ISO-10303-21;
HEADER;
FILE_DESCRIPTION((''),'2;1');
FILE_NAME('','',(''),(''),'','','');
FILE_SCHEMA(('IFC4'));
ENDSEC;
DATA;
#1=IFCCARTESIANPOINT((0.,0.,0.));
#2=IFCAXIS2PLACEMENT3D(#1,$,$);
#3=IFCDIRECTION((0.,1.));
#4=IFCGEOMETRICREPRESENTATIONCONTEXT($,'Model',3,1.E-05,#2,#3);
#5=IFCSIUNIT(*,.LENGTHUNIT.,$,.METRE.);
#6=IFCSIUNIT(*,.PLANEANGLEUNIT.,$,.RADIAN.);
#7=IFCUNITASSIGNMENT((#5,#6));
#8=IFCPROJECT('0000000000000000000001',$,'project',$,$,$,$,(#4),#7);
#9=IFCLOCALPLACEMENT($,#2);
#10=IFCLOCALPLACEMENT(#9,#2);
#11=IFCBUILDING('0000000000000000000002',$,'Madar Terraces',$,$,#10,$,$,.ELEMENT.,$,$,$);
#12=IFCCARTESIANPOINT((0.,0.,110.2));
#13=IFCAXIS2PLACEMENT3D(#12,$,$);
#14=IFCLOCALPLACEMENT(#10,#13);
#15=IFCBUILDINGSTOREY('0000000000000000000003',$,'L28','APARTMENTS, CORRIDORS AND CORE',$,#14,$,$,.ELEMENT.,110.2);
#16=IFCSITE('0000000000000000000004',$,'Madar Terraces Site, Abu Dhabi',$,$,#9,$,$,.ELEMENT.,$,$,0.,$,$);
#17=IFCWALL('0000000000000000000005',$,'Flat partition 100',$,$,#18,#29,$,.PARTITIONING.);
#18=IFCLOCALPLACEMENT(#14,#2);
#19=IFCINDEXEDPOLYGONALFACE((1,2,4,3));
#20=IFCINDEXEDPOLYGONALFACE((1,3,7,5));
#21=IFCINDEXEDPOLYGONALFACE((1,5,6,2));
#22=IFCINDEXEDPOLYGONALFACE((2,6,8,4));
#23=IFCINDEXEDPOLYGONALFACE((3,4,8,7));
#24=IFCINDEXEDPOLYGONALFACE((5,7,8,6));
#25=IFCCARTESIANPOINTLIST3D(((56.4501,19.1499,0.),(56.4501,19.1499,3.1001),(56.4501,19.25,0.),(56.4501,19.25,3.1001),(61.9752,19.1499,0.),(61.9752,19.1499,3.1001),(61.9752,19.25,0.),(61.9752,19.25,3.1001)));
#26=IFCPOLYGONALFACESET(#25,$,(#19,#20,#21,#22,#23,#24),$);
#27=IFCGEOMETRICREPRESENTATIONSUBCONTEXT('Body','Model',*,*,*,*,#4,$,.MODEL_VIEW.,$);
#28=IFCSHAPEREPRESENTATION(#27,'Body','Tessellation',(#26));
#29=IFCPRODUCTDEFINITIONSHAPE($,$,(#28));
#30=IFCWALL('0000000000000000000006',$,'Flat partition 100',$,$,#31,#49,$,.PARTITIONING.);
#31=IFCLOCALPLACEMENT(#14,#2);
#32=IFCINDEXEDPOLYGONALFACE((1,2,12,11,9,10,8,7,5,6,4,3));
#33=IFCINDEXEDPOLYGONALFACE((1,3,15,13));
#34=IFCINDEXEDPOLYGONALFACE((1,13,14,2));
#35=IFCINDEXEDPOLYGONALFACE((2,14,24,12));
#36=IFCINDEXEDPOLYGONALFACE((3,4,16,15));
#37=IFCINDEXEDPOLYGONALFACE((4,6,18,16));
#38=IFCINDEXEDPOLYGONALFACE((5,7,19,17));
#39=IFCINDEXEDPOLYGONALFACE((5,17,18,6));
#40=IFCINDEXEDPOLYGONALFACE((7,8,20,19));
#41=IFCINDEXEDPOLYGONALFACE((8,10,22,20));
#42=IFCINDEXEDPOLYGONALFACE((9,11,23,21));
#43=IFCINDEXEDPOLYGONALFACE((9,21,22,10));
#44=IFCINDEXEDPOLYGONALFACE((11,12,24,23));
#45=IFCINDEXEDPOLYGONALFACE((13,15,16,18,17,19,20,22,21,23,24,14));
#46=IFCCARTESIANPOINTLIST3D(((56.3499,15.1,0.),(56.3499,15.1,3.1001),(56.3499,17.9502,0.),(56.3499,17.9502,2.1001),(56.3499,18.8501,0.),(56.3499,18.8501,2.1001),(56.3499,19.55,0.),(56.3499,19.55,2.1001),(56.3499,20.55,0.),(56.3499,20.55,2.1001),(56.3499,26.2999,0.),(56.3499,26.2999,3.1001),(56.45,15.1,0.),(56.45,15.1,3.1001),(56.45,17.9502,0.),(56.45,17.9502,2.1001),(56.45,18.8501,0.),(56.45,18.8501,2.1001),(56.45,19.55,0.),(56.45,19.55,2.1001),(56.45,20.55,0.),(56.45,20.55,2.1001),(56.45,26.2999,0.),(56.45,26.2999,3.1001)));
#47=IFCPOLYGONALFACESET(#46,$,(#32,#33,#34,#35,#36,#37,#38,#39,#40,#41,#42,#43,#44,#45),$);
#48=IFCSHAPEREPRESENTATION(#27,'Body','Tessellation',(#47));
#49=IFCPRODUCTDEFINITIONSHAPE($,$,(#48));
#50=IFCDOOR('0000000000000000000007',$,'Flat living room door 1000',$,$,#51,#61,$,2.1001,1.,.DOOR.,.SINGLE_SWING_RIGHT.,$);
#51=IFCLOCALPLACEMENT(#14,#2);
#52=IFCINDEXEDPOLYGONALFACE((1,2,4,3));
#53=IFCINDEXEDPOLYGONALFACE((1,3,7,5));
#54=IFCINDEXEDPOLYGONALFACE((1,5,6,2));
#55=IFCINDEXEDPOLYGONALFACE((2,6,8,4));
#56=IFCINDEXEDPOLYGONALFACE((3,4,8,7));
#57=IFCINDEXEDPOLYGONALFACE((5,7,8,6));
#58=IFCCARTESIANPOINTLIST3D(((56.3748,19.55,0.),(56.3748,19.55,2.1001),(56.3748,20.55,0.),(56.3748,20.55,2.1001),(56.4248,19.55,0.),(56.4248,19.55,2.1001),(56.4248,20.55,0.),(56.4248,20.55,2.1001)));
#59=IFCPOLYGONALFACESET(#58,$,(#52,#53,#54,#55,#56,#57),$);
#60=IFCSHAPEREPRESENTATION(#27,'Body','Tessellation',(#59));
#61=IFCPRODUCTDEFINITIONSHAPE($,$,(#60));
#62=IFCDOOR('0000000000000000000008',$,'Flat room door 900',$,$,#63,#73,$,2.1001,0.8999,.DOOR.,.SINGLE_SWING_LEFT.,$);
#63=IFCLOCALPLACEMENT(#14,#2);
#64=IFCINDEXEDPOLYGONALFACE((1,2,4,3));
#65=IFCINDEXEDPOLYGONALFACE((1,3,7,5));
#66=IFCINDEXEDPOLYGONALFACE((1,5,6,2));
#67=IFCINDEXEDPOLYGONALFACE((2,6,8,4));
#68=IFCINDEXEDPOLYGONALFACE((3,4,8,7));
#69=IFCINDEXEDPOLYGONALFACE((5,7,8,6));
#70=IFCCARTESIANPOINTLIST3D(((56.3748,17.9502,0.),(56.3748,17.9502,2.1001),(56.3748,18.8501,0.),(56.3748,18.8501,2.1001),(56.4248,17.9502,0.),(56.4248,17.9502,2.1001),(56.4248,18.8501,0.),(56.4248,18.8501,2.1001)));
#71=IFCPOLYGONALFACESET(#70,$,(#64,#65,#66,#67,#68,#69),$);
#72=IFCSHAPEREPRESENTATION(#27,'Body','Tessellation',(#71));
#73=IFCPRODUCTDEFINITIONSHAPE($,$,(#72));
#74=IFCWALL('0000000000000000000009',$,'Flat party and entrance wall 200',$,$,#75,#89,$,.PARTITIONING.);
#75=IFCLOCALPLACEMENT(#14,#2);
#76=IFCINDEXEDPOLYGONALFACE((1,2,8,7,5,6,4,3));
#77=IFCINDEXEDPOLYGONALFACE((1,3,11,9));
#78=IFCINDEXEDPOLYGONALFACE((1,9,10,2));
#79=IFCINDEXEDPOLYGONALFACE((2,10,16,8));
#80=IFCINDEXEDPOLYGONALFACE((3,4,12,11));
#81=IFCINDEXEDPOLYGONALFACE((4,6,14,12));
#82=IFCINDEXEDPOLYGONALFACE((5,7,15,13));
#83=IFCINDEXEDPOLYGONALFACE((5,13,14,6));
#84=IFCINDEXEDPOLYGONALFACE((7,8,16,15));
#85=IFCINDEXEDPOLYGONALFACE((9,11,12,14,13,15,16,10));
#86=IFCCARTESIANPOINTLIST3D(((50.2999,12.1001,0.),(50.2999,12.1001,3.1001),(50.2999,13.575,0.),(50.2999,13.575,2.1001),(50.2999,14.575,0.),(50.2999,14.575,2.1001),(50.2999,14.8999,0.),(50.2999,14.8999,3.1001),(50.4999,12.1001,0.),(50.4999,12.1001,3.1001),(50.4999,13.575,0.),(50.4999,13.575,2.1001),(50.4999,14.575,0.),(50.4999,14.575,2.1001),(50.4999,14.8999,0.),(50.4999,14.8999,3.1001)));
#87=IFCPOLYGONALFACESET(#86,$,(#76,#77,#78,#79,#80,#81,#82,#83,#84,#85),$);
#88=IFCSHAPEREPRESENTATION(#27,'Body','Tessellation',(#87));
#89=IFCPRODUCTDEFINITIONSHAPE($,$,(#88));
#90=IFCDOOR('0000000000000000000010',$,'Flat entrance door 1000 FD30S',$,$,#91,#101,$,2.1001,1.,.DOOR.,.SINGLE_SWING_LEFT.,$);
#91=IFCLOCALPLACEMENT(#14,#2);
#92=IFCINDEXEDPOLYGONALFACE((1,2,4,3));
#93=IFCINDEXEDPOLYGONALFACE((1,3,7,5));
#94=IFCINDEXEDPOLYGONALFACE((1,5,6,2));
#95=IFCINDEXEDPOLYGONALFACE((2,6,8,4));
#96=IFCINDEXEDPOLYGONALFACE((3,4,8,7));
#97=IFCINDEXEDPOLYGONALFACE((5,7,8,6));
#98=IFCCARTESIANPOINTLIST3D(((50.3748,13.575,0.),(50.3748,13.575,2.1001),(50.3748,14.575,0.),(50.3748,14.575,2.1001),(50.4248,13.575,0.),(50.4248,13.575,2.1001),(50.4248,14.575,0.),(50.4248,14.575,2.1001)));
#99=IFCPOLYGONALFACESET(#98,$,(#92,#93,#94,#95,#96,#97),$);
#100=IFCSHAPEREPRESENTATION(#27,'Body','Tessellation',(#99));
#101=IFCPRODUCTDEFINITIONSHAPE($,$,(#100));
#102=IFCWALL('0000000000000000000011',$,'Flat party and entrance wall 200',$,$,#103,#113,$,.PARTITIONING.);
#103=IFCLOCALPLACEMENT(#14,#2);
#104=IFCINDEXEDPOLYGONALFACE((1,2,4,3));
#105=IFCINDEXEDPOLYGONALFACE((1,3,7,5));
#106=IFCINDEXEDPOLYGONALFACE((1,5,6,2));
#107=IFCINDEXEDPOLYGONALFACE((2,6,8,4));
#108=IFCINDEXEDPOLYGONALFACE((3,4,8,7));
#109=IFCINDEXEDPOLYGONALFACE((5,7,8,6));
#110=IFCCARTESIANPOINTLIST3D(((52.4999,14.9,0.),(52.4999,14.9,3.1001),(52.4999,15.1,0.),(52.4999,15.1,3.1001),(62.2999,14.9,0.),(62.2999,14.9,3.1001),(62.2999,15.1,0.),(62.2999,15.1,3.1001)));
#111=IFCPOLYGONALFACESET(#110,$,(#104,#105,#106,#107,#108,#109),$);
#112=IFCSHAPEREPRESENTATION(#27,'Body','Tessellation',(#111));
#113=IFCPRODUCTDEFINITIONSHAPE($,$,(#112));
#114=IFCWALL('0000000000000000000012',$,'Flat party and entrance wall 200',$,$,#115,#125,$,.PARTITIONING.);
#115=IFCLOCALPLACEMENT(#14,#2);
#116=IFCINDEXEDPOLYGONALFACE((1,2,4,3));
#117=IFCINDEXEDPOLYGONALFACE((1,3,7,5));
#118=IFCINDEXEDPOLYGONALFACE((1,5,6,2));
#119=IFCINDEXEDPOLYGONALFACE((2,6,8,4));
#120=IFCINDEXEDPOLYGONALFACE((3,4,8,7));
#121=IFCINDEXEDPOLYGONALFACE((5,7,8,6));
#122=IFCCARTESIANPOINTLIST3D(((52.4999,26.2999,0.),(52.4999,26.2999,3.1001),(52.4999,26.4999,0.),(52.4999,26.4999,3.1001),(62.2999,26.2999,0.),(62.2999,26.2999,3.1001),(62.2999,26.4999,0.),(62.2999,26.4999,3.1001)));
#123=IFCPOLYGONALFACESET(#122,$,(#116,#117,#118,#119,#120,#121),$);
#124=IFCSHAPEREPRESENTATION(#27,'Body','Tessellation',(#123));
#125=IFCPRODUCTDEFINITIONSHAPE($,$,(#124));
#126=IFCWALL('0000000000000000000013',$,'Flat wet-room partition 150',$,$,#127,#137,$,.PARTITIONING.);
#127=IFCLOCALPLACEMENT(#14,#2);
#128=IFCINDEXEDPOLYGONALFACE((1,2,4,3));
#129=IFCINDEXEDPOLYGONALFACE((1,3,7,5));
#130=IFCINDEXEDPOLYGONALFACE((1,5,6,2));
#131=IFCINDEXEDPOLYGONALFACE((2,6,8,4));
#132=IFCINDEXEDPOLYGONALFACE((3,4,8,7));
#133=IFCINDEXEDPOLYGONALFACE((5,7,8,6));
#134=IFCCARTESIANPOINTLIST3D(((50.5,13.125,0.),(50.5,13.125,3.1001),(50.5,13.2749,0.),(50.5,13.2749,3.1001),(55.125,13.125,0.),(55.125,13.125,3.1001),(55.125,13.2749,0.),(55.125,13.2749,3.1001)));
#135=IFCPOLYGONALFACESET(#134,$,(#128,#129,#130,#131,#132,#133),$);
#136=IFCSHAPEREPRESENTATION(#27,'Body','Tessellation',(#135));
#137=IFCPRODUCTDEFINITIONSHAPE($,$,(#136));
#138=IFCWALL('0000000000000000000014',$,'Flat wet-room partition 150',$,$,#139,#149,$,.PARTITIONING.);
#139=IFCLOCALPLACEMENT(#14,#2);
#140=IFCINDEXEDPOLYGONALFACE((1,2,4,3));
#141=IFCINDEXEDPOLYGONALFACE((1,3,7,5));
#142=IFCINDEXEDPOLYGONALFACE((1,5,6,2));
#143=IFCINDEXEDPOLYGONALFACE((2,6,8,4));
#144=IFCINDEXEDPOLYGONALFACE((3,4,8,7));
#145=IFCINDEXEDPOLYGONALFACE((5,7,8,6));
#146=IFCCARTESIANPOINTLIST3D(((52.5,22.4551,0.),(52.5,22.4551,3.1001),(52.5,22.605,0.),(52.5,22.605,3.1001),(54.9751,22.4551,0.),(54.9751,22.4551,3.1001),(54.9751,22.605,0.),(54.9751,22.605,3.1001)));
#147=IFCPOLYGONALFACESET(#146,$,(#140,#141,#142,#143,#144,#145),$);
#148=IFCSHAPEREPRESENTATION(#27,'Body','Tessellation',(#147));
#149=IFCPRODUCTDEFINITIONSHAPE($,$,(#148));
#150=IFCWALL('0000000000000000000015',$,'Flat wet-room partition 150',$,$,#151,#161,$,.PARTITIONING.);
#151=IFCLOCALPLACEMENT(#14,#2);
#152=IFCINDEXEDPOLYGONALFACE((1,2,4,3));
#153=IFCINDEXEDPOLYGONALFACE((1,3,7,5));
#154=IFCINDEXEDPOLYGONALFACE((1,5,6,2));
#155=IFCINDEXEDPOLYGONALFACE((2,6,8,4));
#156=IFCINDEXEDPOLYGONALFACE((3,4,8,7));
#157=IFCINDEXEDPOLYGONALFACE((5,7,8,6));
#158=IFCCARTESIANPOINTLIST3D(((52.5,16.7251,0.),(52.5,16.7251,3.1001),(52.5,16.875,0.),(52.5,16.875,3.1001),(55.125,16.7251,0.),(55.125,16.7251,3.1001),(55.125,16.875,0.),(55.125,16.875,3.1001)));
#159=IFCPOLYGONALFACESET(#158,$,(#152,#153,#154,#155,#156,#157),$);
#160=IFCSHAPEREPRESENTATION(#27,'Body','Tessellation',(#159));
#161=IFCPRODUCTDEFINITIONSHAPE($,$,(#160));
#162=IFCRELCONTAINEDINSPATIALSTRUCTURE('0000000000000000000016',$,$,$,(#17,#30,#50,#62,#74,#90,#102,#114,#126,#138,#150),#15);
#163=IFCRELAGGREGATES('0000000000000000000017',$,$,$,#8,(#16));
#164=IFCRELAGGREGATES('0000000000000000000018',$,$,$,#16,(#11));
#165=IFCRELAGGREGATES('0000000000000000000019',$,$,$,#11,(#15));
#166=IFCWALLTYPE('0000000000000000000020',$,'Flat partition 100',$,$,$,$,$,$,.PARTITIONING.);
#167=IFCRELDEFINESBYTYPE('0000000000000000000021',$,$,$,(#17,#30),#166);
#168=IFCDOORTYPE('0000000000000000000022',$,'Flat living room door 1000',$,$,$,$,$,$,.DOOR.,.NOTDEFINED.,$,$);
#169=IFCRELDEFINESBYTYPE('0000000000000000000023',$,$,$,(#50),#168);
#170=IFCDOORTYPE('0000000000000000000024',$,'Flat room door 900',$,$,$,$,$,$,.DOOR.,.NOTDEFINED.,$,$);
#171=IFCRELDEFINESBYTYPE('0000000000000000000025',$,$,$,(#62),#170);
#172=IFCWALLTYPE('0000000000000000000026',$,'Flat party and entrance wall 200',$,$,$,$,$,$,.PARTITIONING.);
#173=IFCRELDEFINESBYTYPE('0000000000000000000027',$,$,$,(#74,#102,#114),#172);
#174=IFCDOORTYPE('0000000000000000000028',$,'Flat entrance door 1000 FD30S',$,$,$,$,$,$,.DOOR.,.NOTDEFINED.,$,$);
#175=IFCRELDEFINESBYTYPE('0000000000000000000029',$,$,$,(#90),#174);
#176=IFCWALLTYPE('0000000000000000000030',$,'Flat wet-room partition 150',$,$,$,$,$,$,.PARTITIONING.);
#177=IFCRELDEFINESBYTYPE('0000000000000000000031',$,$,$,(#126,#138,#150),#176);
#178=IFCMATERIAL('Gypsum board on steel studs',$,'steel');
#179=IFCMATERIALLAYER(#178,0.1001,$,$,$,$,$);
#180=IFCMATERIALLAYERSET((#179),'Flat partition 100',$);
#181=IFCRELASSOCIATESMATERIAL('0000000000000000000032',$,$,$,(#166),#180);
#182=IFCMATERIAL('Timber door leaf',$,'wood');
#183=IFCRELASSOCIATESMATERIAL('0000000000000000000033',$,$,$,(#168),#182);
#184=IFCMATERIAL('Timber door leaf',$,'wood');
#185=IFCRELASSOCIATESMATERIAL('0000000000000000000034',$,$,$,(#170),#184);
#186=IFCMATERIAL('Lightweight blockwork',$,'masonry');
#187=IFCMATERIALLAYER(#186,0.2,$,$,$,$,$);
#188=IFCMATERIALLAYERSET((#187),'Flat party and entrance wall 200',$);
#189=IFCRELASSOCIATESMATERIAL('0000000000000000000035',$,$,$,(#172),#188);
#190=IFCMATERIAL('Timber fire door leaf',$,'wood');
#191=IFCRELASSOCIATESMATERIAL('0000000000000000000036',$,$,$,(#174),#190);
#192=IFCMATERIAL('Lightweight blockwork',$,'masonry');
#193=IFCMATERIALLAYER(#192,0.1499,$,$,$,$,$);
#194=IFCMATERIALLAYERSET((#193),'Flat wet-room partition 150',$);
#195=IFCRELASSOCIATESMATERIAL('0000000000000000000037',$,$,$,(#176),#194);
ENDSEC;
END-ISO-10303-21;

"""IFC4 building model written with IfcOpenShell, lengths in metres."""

from ifc_helpers import new_model, si_unit, direction, frame, frame_2d, origin, place, context, subcontext, project, spatial, rectangle, extrude, material, layer, layer_set, type_object, element, fill, save


model = new_model("IFC4")

# Units and contexts
model_context = context("Model", 3, precision=1e-05, world=origin(), true_north=direction((0.0, 1.0)))
body_context = subcontext(model_context, "Body", "Model", "MODEL_VIEW")
ifc_project = project(units=[si_unit("LENGTHUNIT", "METRE"), si_unit("PLANEANGLEUNIT", "RADIAN")], contexts=[model_context])

# Site, building, storey
site_placement = place(None, origin())
site = spatial("IfcSite", under=ifc_project, at=site_placement, Name="Madar Terraces Site, Abu Dhabi", CompositionType="ELEMENT", RefElevation=0.0)
building_placement = place(site_placement, origin())
building = spatial("IfcBuilding", under=site, at=building_placement, Name="Madar Terraces", CompositionType="ELEMENT")
storey_placement = place(building_placement, frame((0.0, 0.0, 110.2)))
storey = spatial("IfcBuildingStorey", under=building, at=storey_placement, Name="L28", Description="APARTMENTS, CORRIDORS AND CORE", CompositionType="ELEMENT", Elevation=110.2)

# Shared definitions
ifc_material_1 = material(Name="Gypsum board on steel studs", Category="steel")
ifc_layer_1 = layer(ifc_material_1, 0.1001)
ifc_layer_set_1 = layer_set([ifc_layer_1], Name="Flat partition 100")
wall_type_1 = type_object("IfcWallType", Name="Flat partition 100", PredefinedType="PARTITIONING", material=ifc_layer_set_1)
ifc_material_2 = material(Name="Timber door leaf", Category="wood")
door_type_1 = type_object("IfcDoorType", Name="Flat living room door 1000", OperationType="NOTDEFINED", PredefinedType="DOOR", material=ifc_material_2)
ifc_material_3 = material(Name="Timber door leaf", Category="wood")
door_type_2 = type_object("IfcDoorType", Name="Flat room door 900", OperationType="NOTDEFINED", PredefinedType="DOOR", material=ifc_material_3)

# Wall
wall_1_placement = place(storey_placement, frame((56.45, 19.2, 0.0), z_axis=(0.0, 0.0, 1.0), x_axis=(1.0, 0.0, 0.0)))
element("IfcWall", 1, at=wall_1_placement, inside=storey, type_object=wall_type_1, Name="Flat partition 100", PredefinedType="PARTITIONING", context=body_context, shape_type="SweptSolid", body=[
    extrude(rectangle(XDim=5.5251, YDim=0.1001, at=frame_2d((2.7627, 0.0))), origin(), (0.0, 0.0, 1.0), 3.1001),
])

# Wall, openings, doors
wall_2_placement = place(storey_placement, frame((56.3999, 26.3, 0.0), z_axis=(0.0, 0.0, 1.0), x_axis=(0.0, -1.0, 0.0)))
wall_2 = element("IfcWall", 2, at=wall_2_placement, inside=storey, type_object=wall_type_1, Name="Flat partition 100", PredefinedType="PARTITIONING", context=body_context, shape_type="SweptSolid", body=[
    extrude(rectangle(XDim=11.2, YDim=0.1001, at=frame_2d((5.6001, 0.0))), origin(), (0.0, 0.0, 1.0), 3.1001),
])
opening_1_placement = place(wall_2_placement, frame((7.45, 0.0, 0.0)))
opening_1 = element("IfcOpeningElement", 3, at=opening_1_placement, cuts=wall_2, PredefinedType="OPENING", context=body_context, shape_type="SweptSolid", body=[
    extrude(rectangle(XDim=0.8999, YDim=2.1001, at=frame_2d((0.45, 1.05))), frame((0.0, 0.0601, 0.0), z_axis=(0.0, -1.0, 0.0), x_axis=(1.0, 0.0, 0.0)), (0.0, 0.0, 1.0), 0.1201),
])
opening_2_placement = place(wall_2_placement, frame((5.75, 0.0, 0.0)))
opening_2 = element("IfcOpeningElement", 4, at=opening_2_placement, cuts=wall_2, PredefinedType="OPENING", context=body_context, shape_type="SweptSolid", body=[
    extrude(rectangle(XDim=1.0, YDim=2.1001, at=frame_2d((0.5, 1.05))), frame((0.0, 0.0601, 0.0), z_axis=(0.0, -1.0, 0.0), x_axis=(1.0, 0.0, 0.0)), (0.0, 0.0, 1.0), 0.1201),
])
door_1_placement = place(opening_2_placement, origin())
door_1 = element("IfcDoor", 5, at=door_1_placement, inside=storey, type_object=door_type_1, Name="Flat living room door 1000", OperationType="SINGLE_SWING_RIGHT", OverallHeight=2.1001, OverallWidth=1.0, PredefinedType="DOOR", context=body_context, shape_type="SweptSolid", body=[
    extrude(rectangle(XDim=1.0, YDim=2.1001, at=frame_2d((0.5, 1.05))), frame((0.0, 0.0249, 0.0), z_axis=(0.0, -1.0, 0.0), x_axis=(1.0, 0.0, 0.0)), (0.0, 0.0, 1.0), 0.05),
])
fill(opening_2, door_1)
door_2_placement = place(opening_1_placement, origin())
door_2 = element("IfcDoor", 6, at=door_2_placement, inside=storey, type_object=door_type_2, Name="Flat room door 900", OperationType="SINGLE_SWING_LEFT", OverallHeight=2.1001, OverallWidth=0.8999, PredefinedType="DOOR", context=body_context, shape_type="SweptSolid", body=[
    extrude(rectangle(XDim=0.8999, YDim=2.1001, at=frame_2d((0.45, 1.05))), frame((0.0, 0.0249, 0.0), z_axis=(0.0, -1.0, 0.0), x_axis=(1.0, 0.0, 0.0)), (0.0, 0.0, 1.0), 0.05),
])
fill(opening_1, door_2)

# Wall, opening, door
ifc_material_4 = material(Name="Lightweight blockwork", Category="masonry")
ifc_layer_2 = layer(ifc_material_4, 0.2)
ifc_layer_set_2 = layer_set([ifc_layer_2], Name="Flat party and entrance wall 200")
wall_type_2 = type_object("IfcWallType", Name="Flat party and entrance wall 200", PredefinedType="PARTITIONING", material=ifc_layer_set_2)
wall_3_placement = place(storey_placement, frame((50.3999, 14.8999, 0.0), z_axis=(0.0, 0.0, 1.0), x_axis=(0.0, -1.0, 0.0)))
wall_3 = element("IfcWall", 7, at=wall_3_placement, inside=storey, type_object=wall_type_2, Name="Flat party and entrance wall 200", PredefinedType="PARTITIONING", context=body_context, shape_type="SweptSolid", body=[
    extrude(rectangle(XDim=2.7998, YDim=0.2, at=frame_2d((1.3999, 0.0))), origin(), (0.0, 0.0, 1.0), 3.1001),
])
opening_3_placement = place(wall_3_placement, frame((0.325, 0.0, 0.0)))
opening_3 = element("IfcOpeningElement", 8, at=opening_3_placement, cuts=wall_3, PredefinedType="OPENING", context=body_context, shape_type="SweptSolid", body=[
    extrude(rectangle(XDim=1.0, YDim=2.1001, at=frame_2d((0.5, 1.05))), frame((0.0, 0.1099, 0.0), z_axis=(0.0, -1.0, 0.0), x_axis=(1.0, 0.0, 0.0)), (0.0, 0.0, 1.0), 0.22),
])
ifc_material_5 = material(Name="Timber fire door leaf", Category="wood")
door_type_3 = type_object("IfcDoorType", Name="Flat entrance door 1000 FD30S", OperationType="NOTDEFINED", PredefinedType="DOOR", material=ifc_material_5)
door_3_placement = place(opening_3_placement, origin())
door_3 = element("IfcDoor", 9, at=door_3_placement, inside=storey, type_object=door_type_3, Name="Flat entrance door 1000 FD30S", OperationType="SINGLE_SWING_LEFT", OverallHeight=2.1001, OverallWidth=1.0, PredefinedType="DOOR", context=body_context, shape_type="SweptSolid", body=[
    extrude(rectangle(XDim=1.0, YDim=2.1001, at=frame_2d((0.5, 1.05))), frame((0.0, 0.0249, 0.0), z_axis=(0.0, -1.0, 0.0), x_axis=(1.0, 0.0, 0.0)), (0.0, 0.0, 1.0), 0.05),
])
fill(opening_3, door_3)

# Walls
for number, where, z_axis, x_axis, name in (
    (10, (52.5, 15.0, 0.0), (0.0, 0.0, 1.0), (1.0, 0.0, 0.0), "Flat party and entrance wall 200"),
    (11, (52.5, 26.3999, 0.0), (0.0, 0.0, 1.0), (1.0, 0.0, 0.0), "Flat party and entrance wall 200"),
):
    element("IfcWall", number, at=place(storey_placement, frame(where, z_axis=z_axis, x_axis=x_axis)), inside=storey, type_object=wall_type_2, Name=name, PredefinedType="PARTITIONING", context=body_context, shape_type="SweptSolid", body=[
        extrude(rectangle(XDim=9.8, YDim=0.2, at=frame_2d((4.8999, 0.0))), origin(), (0.0, 0.0, 1.0), 3.1001),
    ])
ifc_material_6 = material(Name="Lightweight blockwork", Category="masonry")
ifc_layer_3 = layer(ifc_material_6, 0.1499)
ifc_layer_set_3 = layer_set([ifc_layer_3], Name="Flat wet-room partition 150")
wall_type_3 = type_object("IfcWallType", Name="Flat wet-room partition 150", PredefinedType="PARTITIONING", material=ifc_layer_set_3)
wall_4_placement = place(storey_placement, frame((50.5, 13.2, 0.0), z_axis=(0.0, 0.0, 1.0), x_axis=(1.0, 0.0, 0.0)))
element("IfcWall", 12, at=wall_4_placement, inside=storey, type_object=wall_type_3, Name="Flat wet-room partition 150", PredefinedType="PARTITIONING", context=body_context, shape_type="SweptSolid", body=[
    extrude(rectangle(XDim=4.625, YDim=0.1499, at=frame_2d((2.3125, 0.0))), origin(), (0.0, 0.0, 1.0), 3.1001),
])
wall_5_placement = place(storey_placement, frame((52.5, 22.53, 0.0), z_axis=(0.0, 0.0, 1.0), x_axis=(1.0, 0.0, 0.0)))
element("IfcWall", 13, at=wall_5_placement, inside=storey, type_object=wall_type_3, Name="Flat wet-room partition 150", PredefinedType="PARTITIONING", context=body_context, shape_type="SweptSolid", body=[
    extrude(rectangle(XDim=2.4751, YDim=0.1499, at=frame_2d((1.2375, 0.0))), origin(), (0.0, 0.0, 1.0), 3.1001),
])
wall_6_placement = place(storey_placement, frame((52.5, 16.8, 0.0), z_axis=(0.0, 0.0, 1.0), x_axis=(1.0, 0.0, 0.0)))
element("IfcWall", 14, at=wall_6_placement, inside=storey, type_object=wall_type_3, Name="Flat wet-room partition 150", PredefinedType="PARTITIONING", context=body_context, shape_type="SweptSolid", body=[
    extrude(rectangle(XDim=2.625, YDim=0.1499, at=frame_2d((1.3125, 0.0))), origin(), (0.0, 0.0, 1.0), 3.1001),
])

save(model, "model.ifc")
